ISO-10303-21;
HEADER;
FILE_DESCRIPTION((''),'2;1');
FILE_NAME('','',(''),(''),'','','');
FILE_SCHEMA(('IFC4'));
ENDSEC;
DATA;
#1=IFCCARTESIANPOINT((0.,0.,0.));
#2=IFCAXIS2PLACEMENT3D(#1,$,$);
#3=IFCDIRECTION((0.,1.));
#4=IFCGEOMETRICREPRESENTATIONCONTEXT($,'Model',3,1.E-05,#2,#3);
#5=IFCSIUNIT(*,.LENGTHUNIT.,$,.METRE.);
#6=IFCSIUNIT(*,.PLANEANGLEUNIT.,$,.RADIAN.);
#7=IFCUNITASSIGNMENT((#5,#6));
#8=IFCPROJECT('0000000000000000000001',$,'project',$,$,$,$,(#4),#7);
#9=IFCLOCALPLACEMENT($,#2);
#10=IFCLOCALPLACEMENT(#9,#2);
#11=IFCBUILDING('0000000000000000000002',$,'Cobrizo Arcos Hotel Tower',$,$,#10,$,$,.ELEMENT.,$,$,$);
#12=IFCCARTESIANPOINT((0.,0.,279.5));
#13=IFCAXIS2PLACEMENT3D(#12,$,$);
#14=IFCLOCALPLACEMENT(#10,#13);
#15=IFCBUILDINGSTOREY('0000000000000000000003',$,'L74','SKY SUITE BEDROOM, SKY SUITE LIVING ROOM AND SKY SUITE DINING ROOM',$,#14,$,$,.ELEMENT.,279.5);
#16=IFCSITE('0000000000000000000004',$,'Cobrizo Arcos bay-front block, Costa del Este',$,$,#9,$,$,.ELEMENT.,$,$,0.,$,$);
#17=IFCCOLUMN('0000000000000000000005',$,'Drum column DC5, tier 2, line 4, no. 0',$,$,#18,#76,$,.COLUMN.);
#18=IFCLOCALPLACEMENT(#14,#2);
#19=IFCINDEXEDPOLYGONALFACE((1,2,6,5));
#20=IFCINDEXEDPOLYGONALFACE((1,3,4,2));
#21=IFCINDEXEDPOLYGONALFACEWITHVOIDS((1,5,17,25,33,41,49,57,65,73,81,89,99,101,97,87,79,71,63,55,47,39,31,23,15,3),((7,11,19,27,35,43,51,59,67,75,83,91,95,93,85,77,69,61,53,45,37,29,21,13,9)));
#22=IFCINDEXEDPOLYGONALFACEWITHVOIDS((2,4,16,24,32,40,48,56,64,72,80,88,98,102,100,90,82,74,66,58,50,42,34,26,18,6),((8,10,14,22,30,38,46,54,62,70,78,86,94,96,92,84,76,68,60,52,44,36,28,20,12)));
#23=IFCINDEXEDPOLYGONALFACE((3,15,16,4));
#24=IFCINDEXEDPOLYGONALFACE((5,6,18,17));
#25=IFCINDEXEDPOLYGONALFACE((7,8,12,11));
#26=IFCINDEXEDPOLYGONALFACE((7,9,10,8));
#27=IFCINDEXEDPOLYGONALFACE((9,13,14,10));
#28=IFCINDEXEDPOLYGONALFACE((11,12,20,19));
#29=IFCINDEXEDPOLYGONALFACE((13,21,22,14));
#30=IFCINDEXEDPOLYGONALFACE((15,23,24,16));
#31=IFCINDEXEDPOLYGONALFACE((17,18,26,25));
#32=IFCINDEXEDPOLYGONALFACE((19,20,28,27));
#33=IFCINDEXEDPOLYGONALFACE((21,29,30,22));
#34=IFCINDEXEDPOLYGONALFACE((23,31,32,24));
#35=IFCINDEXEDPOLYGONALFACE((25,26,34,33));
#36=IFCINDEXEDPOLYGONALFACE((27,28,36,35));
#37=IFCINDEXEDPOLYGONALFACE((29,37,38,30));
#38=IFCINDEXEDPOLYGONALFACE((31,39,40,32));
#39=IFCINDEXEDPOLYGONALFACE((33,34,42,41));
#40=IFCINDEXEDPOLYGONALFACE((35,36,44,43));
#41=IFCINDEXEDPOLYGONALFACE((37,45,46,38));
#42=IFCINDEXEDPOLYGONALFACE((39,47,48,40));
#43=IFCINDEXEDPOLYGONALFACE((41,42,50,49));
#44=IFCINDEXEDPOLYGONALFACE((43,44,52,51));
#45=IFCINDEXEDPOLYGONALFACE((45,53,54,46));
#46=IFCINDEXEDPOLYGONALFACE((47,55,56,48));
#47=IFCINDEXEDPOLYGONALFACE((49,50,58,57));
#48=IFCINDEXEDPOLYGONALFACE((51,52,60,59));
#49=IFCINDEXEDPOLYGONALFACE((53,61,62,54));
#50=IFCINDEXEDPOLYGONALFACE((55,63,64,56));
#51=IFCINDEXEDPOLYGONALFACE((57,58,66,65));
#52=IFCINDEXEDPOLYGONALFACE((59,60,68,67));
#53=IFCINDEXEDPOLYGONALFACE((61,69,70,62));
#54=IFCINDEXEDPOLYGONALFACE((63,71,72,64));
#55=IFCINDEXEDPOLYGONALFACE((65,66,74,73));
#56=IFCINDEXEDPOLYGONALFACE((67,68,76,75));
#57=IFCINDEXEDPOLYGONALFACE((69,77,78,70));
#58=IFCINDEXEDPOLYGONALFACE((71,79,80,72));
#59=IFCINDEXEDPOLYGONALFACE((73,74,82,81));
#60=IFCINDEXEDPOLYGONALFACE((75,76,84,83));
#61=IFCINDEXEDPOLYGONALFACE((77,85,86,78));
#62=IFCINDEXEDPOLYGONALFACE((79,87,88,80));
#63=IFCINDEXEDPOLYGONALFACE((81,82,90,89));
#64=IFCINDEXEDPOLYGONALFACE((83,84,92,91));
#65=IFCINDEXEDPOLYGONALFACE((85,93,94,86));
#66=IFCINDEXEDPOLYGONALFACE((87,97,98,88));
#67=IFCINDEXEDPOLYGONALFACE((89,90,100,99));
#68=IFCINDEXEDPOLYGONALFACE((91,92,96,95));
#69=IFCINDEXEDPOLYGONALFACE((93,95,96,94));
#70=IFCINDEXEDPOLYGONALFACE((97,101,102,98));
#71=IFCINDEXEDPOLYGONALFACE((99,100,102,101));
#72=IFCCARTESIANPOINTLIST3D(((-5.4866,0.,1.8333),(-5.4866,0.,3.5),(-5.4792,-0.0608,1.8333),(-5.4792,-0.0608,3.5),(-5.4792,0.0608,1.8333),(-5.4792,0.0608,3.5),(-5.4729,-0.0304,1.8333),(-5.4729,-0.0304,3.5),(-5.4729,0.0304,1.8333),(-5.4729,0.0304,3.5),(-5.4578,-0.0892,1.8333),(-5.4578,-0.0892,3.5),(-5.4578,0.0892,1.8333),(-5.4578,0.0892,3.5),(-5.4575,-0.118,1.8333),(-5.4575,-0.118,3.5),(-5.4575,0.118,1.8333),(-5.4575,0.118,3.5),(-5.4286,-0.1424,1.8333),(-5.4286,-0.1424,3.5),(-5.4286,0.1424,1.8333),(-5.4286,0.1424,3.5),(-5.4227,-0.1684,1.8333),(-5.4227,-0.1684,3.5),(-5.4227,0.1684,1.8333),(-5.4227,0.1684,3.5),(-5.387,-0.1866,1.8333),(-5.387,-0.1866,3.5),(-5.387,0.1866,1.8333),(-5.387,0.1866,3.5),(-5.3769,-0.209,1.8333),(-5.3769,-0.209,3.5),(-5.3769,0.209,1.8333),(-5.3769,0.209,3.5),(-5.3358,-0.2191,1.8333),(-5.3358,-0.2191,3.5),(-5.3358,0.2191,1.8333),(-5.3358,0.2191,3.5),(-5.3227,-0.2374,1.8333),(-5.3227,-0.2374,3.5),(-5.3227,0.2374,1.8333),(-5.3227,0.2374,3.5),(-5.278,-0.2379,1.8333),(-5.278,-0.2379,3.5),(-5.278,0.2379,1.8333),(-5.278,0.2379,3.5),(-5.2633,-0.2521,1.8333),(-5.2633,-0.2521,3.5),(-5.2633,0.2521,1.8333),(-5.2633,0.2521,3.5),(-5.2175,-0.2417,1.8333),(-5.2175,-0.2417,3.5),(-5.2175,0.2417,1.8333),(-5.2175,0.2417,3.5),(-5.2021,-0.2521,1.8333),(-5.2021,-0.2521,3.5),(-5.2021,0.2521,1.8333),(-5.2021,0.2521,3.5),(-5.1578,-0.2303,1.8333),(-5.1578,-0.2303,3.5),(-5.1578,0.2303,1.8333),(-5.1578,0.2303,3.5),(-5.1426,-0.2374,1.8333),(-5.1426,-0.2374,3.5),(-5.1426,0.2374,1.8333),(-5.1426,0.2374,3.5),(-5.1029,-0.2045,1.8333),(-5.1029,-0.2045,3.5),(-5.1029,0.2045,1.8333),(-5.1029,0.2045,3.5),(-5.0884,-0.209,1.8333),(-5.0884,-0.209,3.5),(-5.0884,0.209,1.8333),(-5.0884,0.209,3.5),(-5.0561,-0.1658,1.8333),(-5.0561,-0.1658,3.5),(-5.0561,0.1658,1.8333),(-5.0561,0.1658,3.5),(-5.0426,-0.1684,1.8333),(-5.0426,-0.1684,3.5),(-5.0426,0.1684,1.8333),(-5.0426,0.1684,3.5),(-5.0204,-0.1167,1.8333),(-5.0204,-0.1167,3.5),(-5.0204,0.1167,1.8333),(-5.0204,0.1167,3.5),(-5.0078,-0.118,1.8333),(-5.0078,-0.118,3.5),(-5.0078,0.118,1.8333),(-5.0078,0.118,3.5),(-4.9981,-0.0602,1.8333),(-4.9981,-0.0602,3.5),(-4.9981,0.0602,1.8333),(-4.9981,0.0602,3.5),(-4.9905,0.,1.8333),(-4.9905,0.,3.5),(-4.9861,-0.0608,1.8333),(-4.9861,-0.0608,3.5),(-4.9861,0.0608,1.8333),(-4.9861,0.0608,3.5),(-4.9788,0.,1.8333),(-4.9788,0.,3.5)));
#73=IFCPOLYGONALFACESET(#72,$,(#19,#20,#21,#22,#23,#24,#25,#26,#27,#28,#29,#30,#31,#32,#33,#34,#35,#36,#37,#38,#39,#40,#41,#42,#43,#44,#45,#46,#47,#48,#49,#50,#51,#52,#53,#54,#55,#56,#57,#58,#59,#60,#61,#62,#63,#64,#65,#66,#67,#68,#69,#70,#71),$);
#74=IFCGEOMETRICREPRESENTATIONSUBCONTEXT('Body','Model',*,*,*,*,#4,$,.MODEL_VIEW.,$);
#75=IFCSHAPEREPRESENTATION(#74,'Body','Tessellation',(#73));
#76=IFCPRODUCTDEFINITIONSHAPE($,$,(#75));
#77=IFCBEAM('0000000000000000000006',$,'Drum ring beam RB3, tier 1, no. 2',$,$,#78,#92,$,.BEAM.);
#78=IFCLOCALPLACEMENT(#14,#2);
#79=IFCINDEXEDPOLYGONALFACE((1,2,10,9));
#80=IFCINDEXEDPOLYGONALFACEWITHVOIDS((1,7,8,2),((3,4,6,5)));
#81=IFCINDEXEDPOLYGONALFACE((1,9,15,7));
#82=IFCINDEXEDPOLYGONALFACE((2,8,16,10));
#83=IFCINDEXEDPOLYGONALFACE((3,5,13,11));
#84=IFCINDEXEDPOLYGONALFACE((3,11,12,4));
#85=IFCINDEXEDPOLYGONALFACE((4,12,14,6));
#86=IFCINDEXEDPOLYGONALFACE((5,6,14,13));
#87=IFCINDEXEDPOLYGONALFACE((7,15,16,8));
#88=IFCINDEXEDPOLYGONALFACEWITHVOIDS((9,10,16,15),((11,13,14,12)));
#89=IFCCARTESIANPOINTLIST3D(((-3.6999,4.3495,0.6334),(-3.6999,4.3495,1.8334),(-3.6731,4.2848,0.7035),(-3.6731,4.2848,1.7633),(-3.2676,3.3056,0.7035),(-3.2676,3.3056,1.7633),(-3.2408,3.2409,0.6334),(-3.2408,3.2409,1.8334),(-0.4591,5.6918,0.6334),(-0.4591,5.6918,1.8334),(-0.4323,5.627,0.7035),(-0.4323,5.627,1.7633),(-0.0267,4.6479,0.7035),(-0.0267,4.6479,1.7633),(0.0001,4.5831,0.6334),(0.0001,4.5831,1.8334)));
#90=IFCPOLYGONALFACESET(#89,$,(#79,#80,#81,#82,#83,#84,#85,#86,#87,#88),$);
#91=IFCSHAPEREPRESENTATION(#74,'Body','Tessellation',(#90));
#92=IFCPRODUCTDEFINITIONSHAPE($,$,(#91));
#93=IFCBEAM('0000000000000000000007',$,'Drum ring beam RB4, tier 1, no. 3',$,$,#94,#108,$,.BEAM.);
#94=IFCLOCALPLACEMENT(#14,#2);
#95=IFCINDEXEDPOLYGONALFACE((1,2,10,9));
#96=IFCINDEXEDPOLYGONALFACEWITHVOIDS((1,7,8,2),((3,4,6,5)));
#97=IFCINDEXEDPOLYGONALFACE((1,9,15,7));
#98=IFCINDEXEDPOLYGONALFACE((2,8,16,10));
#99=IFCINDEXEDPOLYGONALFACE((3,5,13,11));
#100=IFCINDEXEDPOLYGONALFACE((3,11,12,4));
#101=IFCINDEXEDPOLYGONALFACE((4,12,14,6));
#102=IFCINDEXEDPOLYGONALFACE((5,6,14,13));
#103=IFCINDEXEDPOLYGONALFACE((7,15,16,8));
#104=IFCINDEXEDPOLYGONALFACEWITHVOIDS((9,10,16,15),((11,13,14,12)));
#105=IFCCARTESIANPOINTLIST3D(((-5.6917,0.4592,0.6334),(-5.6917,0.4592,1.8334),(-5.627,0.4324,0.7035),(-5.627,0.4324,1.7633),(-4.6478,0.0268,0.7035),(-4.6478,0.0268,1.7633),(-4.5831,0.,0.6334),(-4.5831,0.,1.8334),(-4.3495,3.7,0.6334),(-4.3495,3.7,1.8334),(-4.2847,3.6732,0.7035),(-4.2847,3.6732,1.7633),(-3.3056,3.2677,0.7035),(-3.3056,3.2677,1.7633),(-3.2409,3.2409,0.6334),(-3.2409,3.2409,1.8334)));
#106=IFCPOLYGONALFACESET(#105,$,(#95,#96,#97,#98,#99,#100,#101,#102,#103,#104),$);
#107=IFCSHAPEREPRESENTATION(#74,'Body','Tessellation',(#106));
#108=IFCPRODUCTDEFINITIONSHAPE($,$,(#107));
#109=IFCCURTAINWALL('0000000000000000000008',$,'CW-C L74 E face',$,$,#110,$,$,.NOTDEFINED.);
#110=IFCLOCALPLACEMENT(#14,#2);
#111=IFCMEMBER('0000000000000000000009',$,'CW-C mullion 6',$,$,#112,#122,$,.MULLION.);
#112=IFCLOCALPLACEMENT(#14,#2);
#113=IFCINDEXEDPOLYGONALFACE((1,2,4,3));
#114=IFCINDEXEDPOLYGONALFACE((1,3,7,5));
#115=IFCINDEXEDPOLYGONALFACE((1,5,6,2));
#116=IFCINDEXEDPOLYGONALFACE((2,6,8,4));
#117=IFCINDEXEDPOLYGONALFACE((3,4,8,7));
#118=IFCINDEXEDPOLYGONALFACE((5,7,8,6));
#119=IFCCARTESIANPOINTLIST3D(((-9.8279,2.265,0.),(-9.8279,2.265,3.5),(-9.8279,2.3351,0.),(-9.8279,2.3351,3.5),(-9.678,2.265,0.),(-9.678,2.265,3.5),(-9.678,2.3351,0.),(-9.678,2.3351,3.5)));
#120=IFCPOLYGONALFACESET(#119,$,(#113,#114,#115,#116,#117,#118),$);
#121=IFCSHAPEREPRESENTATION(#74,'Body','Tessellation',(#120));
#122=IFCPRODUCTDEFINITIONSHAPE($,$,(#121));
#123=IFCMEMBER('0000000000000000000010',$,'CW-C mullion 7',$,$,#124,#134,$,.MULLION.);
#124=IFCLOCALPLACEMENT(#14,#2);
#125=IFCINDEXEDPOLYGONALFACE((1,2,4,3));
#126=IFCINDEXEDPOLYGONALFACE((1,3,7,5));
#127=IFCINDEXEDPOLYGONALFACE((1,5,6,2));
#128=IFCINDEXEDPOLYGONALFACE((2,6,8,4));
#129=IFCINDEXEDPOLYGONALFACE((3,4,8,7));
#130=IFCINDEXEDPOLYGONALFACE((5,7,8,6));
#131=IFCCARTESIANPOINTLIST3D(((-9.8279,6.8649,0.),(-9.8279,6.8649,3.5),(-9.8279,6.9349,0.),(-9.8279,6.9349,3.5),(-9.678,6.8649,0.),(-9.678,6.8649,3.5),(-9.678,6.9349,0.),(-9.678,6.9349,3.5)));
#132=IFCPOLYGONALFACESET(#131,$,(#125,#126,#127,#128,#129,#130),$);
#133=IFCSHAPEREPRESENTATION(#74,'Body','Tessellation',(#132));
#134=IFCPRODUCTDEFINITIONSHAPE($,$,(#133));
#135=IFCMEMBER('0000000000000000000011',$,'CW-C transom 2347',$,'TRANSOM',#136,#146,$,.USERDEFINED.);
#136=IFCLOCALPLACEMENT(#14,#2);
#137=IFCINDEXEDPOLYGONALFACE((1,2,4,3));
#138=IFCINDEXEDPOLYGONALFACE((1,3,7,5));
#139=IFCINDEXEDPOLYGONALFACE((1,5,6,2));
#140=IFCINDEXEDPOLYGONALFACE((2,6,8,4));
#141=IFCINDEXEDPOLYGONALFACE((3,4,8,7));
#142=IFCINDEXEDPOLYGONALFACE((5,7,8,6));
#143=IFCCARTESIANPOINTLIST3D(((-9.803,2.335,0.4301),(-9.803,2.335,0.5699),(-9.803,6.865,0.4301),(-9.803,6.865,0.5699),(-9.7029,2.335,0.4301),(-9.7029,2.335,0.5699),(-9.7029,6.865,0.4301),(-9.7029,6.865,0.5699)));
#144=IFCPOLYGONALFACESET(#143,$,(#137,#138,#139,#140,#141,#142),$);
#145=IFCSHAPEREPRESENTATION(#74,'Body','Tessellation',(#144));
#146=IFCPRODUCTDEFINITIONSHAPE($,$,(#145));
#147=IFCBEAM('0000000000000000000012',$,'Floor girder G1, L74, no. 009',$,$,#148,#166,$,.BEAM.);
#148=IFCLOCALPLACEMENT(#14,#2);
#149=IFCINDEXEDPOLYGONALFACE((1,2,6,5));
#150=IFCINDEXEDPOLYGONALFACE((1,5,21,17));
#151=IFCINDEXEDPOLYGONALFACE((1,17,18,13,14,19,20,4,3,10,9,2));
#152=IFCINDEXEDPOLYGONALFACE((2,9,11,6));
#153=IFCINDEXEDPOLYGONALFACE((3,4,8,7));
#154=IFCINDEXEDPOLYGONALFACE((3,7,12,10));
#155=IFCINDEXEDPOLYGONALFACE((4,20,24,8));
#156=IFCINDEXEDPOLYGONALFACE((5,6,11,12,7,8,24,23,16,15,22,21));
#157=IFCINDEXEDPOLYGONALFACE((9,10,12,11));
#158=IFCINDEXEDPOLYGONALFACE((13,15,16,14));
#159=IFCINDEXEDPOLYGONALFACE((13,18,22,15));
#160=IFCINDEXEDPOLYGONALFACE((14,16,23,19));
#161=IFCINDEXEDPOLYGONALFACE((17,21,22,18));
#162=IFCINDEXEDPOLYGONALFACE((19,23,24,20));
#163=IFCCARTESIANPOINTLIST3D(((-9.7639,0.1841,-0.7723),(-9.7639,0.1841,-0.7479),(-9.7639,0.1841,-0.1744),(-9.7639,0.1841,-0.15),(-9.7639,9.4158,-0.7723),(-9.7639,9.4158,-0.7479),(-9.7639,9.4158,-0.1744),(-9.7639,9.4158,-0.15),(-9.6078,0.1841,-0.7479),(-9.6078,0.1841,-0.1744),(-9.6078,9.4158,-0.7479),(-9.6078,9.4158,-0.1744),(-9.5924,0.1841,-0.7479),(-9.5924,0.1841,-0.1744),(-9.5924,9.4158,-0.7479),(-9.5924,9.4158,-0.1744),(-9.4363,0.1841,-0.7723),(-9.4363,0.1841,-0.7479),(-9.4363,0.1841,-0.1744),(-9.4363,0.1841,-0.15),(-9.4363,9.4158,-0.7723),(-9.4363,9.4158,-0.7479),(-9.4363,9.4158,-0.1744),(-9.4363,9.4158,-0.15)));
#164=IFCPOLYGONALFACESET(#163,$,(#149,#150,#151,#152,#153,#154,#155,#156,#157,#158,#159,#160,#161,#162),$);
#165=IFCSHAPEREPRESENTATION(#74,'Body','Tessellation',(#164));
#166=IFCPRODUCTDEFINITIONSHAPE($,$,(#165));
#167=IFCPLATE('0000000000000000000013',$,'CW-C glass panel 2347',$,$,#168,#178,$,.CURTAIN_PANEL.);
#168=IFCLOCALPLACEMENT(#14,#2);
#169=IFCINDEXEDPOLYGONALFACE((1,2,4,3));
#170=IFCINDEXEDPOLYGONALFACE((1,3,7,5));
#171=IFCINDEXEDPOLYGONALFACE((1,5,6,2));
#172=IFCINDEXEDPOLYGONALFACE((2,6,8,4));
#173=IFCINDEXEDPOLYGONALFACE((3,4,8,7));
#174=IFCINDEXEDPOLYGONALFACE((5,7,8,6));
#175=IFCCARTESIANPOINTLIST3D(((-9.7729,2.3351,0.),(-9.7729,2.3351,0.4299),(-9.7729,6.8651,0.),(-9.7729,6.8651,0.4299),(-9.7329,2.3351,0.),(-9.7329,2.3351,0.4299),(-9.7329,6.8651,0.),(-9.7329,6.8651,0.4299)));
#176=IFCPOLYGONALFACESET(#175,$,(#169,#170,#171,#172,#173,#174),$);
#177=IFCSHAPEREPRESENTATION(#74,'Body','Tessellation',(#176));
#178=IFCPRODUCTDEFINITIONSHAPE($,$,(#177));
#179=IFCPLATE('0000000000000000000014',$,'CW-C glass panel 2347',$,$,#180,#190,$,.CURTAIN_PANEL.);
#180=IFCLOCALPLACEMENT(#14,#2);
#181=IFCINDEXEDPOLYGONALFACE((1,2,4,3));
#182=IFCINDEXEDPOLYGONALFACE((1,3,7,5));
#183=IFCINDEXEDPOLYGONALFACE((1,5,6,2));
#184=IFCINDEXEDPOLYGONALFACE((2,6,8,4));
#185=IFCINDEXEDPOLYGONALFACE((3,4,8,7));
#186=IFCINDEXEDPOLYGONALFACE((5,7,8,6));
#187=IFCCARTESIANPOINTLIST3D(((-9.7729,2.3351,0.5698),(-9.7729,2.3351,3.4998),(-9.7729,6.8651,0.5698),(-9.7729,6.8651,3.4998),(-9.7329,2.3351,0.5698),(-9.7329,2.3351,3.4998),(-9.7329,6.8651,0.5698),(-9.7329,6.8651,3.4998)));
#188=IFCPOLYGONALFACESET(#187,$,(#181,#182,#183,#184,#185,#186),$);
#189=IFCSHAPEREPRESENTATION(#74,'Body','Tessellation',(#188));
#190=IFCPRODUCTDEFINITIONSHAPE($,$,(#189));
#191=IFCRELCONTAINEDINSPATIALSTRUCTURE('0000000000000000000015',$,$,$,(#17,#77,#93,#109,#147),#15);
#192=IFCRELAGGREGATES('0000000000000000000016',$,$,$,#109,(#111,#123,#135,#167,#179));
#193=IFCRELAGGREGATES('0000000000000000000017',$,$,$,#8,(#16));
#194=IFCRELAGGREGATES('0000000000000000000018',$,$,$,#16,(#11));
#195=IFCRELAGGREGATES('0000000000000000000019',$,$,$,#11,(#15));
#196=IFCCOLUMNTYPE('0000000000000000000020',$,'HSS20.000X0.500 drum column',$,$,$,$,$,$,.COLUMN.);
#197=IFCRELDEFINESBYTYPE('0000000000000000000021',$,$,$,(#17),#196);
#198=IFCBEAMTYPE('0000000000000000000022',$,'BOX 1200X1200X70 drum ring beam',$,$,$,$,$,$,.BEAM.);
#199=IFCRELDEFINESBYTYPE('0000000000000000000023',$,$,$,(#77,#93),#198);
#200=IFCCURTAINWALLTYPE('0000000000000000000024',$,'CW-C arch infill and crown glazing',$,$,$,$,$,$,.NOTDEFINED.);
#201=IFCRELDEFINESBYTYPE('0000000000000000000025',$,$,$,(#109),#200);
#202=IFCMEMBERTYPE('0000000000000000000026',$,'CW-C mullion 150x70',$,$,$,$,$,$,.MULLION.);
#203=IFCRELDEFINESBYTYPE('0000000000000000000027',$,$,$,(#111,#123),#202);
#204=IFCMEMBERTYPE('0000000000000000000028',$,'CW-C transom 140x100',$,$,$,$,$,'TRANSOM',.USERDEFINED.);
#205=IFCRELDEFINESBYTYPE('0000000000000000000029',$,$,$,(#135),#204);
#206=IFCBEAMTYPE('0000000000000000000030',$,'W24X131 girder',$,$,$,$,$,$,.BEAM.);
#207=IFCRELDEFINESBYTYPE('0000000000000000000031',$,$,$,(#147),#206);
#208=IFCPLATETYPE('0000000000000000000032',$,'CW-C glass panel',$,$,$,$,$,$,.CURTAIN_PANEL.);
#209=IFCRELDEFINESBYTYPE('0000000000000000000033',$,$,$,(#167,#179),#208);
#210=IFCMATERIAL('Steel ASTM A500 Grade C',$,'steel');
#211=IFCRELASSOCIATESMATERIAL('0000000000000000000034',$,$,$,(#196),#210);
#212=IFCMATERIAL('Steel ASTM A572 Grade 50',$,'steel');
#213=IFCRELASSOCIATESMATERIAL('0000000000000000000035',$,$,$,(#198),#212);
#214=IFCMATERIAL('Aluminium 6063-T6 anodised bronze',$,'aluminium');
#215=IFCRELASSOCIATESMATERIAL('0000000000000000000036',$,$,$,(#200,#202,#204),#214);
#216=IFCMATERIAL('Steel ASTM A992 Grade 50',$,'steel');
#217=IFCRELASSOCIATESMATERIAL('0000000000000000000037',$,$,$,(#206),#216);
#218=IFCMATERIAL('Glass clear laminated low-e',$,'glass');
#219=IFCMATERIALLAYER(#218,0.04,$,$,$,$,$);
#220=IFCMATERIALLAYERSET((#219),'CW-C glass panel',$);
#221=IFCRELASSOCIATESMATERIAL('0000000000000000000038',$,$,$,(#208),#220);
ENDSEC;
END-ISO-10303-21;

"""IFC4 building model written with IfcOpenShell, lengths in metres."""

from ifc_helpers import new_model, si_unit, direction, frame, origin, origin_2d, place, context, subcontext, project, spatial, rectangle, hollow_rectangle, hollow_circle, i_section, extrude, material, layer, layer_set, material_profile, profile_set, type_object, element, aggregate, save


model = new_model("IFC4")

# Units and contexts
model_context = context("Model", 3, precision=1e-05, world=origin(), true_north=direction((0.0, 1.0)))
body_context = subcontext(model_context, "Body", "Model", "MODEL_VIEW")
ifc_project = project(units=[si_unit("LENGTHUNIT", "METRE"), si_unit("PLANEANGLEUNIT", "RADIAN")], contexts=[model_context])

# Site, building, storey
site_placement = place(None, origin())
site = spatial("IfcSite", under=ifc_project, at=site_placement, Name="Cobrizo Arcos bay-front block, Costa del Este", CompositionType="ELEMENT", RefElevation=0.0)
building_placement = place(site_placement, origin())
building = spatial("IfcBuilding", under=site, at=building_placement, Name="Cobrizo Arcos Hotel Tower", CompositionType="ELEMENT")
storey_placement = place(building_placement, frame((0.0, 0.0, 279.5)))
storey = spatial("IfcBuildingStorey", under=building, at=storey_placement, Name="L74", Description="SKY SUITE BEDROOM, SKY SUITE LIVING ROOM AND SKY SUITE DINING ROOM", CompositionType="ELEMENT", Elevation=279.5)

# Column
ifc_material_1 = material(Name="Steel ASTM A500 Grade C", Category="steel")
ifc_material_profile_1 = material_profile(ifc_material_1, hollow_circle(Radius=0.2539, WallThickness=0.0117, at=origin_2d()), Name="HSS20.000X0.500")
ifc_profile_set_1 = profile_set([ifc_material_profile_1], Name="Steel ASTM A500 Grade C")
column_type = type_object("IfcColumnType", Name="HSS20.000X0.500 drum column", PredefinedType="COLUMN", material=ifc_profile_set_1)
for number, where, z_axis, x_axis, name in (
    (1, (-5.2327, 0.0, 1.8333), (0.0, 0.0, 1.0), (1.0, 0.0, 0.0), "Drum column DC5, tier 2, line 4, no. 0"),
):
    element("IfcColumn", number, at=place(storey_placement, frame(where, z_axis=z_axis, x_axis=x_axis)), inside=storey, type_object=column_type, Name=name, PredefinedType="COLUMN", context=body_context, shape_type="SweptSolid", body=[
        extrude(hollow_circle(Radius=0.2539, WallThickness=0.0117, at=origin_2d()), origin(), (0.0, 0.0, 1.0), 1.6667),
    ])

# Beams
ifc_material_2 = material(Name="Steel ASTM A572 Grade 50", Category="steel")
ifc_material_profile_2 = material_profile(ifc_material_2, hollow_rectangle(XDim=1.2, YDim=1.2, WallThickness=0.0701, at=origin_2d()), Name="BOX 1200X1200X70")
ifc_profile_set_2 = profile_set([ifc_material_profile_2], Name="Steel ASTM A572 Grade 50")
beam_type_1 = type_object("IfcBeamType", Name="BOX 1200X1200X70 drum ring beam", PredefinedType="BEAM", material=ifc_profile_set_2)
for number, where, z_axis, x_axis, name in (
    (2, (-0.2295, 5.1375, 1.2334), (-0.923896, -0.382643, 0.0), (0.382643, -0.923896, 0.0), "Drum ring beam RB3, tier 1, no. 2"),
    (3, (-3.7952, 3.4705, 1.2334), (-0.382643, -0.923896, 0.0), (0.923896, -0.382643, 0.0), "Drum ring beam RB4, tier 1, no. 3"),
):
    element("IfcBeam", number, at=place(storey_placement, frame(where, z_axis=z_axis, x_axis=x_axis)), inside=storey, type_object=beam_type_1, Name=name, PredefinedType="BEAM", context=body_context, shape_type="SweptSolid", body=[
        extrude(hollow_rectangle(XDim=1.2, YDim=1.2, WallThickness=0.0701, at=origin_2d()), origin(), (0.0, 0.0, 1.0), 3.5078),
    ])

# Curtain wall, members
ifc_material_3 = material(Name="Aluminium 6063-T6 anodised bronze", Category="aluminium")
curtain_wall_type = type_object("IfcCurtainWallType", Name="CW-C arch infill and crown glazing", PredefinedType="NOTDEFINED", material=ifc_material_3)
curtain_wall_placement = place(storey_placement, origin())
curtain_wall = element("IfcCurtainWall", 4, at=curtain_wall_placement, inside=storey, type_object=curtain_wall_type, Name="CW-C L74 E face", PredefinedType="NOTDEFINED")
ifc_material_profile_3 = material_profile(ifc_material_3, rectangle(XDim=0.1499, YDim=0.0701, at=origin_2d()), Name="CW-C mullion 150x70")
ifc_profile_set_3 = profile_set([ifc_material_profile_3], Name="Aluminium 6063-T6 anodised bronze")
member_type_1 = type_object("IfcMemberType", Name="CW-C mullion 150x70", PredefinedType="MULLION", material=ifc_profile_set_3)
member_1_placement = place(storey_placement, frame((-9.7529, 2.3, 0.0), z_axis=(0.0, 0.0, 1.0), x_axis=(1.0, 0.0, 0.0)))
member_1 = element("IfcMember", 5, at=member_1_placement, type_object=member_type_1, Name="CW-C mullion 6", PredefinedType="MULLION", context=body_context, shape_type="SweptSolid", body=[
    extrude(rectangle(XDim=0.1499, YDim=0.0701, at=origin_2d()), origin(), (0.0, 0.0, 1.0), 3.5),
])
member_2_placement = place(storey_placement, frame((-9.7529, 6.8999, 0.0), z_axis=(0.0, 0.0, 1.0), x_axis=(1.0, 0.0, 0.0)))
member_2 = element("IfcMember", 6, at=member_2_placement, type_object=member_type_1, Name="CW-C mullion 7", PredefinedType="MULLION", context=body_context, shape_type="SweptSolid", body=[
    extrude(rectangle(XDim=0.1499, YDim=0.0701, at=origin_2d()), origin(), (0.0, 0.0, 1.0), 3.5),
])
ifc_material_profile_4 = material_profile(ifc_material_3, rectangle(XDim=0.1001, YDim=0.1399, at=origin_2d()), Name="CW-C transom 140x100")
ifc_profile_set_4 = profile_set([ifc_material_profile_4], Name="Aluminium 6063-T6 anodised bronze")
member_type_2 = type_object("IfcMemberType", Name="CW-C transom 140x100", ElementType="TRANSOM", PredefinedType="USERDEFINED", material=ifc_profile_set_4)
member_3_placement = place(storey_placement, frame((-9.7529, 2.335, 0.5), z_axis=(0.0, 1.0, 0.0), x_axis=(-1.0, 0.0, 0.0)))
member_3 = element("IfcMember", 7, at=member_3_placement, type_object=member_type_2, Name="CW-C transom 2347", ObjectType="TRANSOM", PredefinedType="USERDEFINED", context=body_context, shape_type="SweptSolid", body=[
    extrude(rectangle(XDim=0.1001, YDim=0.1399, at=origin_2d()), origin(), (0.0, 0.0, 1.0), 4.53),
])

# Beam
ifc_material_4 = material(Name="Steel ASTM A992 Grade 50", Category="steel")
ifc_material_profile_5 = material_profile(ifc_material_4, i_section(OverallWidth=0.3276, OverallDepth=0.6223, WebThickness=0.0154, FlangeThickness=0.0244, at=origin_2d()), Name="W24X131")
ifc_profile_set_5 = profile_set([ifc_material_profile_5], Name="Steel ASTM A992 Grade 50")
beam_type_2 = type_object("IfcBeamType", Name="W24X131 girder", PredefinedType="BEAM", material=ifc_profile_set_5)
beam_placement = place(storey_placement, frame((-9.6001, 0.1841, -0.4612), z_axis=(0.0, 1.0, 0.0), x_axis=(-1.0, 0.0, 0.0)))
element("IfcBeam", 8, at=beam_placement, inside=storey, type_object=beam_type_2, Name="Floor girder G1, L74, no. 009", PredefinedType="BEAM", context=body_context, shape_type="SweptSolid", body=[
    extrude(i_section(OverallWidth=0.3276, OverallDepth=0.6223, WebThickness=0.0154, FlangeThickness=0.0244, at=origin_2d()), origin(), (0.0, 0.0, 1.0), 9.2317),
])

# Plates
ifc_material_5 = material(Name="Glass clear laminated low-e", Category="glass")
ifc_layer_1 = layer(ifc_material_5, 0.04)
ifc_layer_set_1 = layer_set([ifc_layer_1], Name="CW-C glass panel")
plate_type = type_object("IfcPlateType", Name="CW-C glass panel", PredefinedType="CURTAIN_PANEL", material=ifc_layer_set_1)
plate_1_placement = place(storey_placement, frame((-9.7529, 4.6001, 0.0), z_axis=(0.0, 0.0, 1.0), x_axis=(0.0, 1.0, 0.0)))
plate_1 = element("IfcPlate", 9, at=plate_1_placement, type_object=plate_type, Name="CW-C glass panel 2347", PredefinedType="CURTAIN_PANEL", context=body_context, shape_type="SweptSolid", body=[
    extrude(rectangle(XDim=4.53, YDim=0.04, at=origin_2d()), origin(), (0.0, 0.0, 1.0), 0.4299),
])
plate_2_placement = place(storey_placement, frame((-9.7529, 4.6001, 0.5698), z_axis=(0.0, 0.0, 1.0), x_axis=(0.0, 1.0, 0.0)))
plate_2 = element("IfcPlate", 10, at=plate_2_placement, type_object=plate_type, Name="CW-C glass panel 2347", PredefinedType="CURTAIN_PANEL", context=body_context, shape_type="SweptSolid", body=[
    extrude(rectangle(XDim=4.53, YDim=0.04, at=origin_2d()), origin(), (0.0, 0.0, 1.0), 2.9299),
])
aggregate(curtain_wall, [member_1, member_2, member_3, plate_1, plate_2])

save(model, "model.ifc")
